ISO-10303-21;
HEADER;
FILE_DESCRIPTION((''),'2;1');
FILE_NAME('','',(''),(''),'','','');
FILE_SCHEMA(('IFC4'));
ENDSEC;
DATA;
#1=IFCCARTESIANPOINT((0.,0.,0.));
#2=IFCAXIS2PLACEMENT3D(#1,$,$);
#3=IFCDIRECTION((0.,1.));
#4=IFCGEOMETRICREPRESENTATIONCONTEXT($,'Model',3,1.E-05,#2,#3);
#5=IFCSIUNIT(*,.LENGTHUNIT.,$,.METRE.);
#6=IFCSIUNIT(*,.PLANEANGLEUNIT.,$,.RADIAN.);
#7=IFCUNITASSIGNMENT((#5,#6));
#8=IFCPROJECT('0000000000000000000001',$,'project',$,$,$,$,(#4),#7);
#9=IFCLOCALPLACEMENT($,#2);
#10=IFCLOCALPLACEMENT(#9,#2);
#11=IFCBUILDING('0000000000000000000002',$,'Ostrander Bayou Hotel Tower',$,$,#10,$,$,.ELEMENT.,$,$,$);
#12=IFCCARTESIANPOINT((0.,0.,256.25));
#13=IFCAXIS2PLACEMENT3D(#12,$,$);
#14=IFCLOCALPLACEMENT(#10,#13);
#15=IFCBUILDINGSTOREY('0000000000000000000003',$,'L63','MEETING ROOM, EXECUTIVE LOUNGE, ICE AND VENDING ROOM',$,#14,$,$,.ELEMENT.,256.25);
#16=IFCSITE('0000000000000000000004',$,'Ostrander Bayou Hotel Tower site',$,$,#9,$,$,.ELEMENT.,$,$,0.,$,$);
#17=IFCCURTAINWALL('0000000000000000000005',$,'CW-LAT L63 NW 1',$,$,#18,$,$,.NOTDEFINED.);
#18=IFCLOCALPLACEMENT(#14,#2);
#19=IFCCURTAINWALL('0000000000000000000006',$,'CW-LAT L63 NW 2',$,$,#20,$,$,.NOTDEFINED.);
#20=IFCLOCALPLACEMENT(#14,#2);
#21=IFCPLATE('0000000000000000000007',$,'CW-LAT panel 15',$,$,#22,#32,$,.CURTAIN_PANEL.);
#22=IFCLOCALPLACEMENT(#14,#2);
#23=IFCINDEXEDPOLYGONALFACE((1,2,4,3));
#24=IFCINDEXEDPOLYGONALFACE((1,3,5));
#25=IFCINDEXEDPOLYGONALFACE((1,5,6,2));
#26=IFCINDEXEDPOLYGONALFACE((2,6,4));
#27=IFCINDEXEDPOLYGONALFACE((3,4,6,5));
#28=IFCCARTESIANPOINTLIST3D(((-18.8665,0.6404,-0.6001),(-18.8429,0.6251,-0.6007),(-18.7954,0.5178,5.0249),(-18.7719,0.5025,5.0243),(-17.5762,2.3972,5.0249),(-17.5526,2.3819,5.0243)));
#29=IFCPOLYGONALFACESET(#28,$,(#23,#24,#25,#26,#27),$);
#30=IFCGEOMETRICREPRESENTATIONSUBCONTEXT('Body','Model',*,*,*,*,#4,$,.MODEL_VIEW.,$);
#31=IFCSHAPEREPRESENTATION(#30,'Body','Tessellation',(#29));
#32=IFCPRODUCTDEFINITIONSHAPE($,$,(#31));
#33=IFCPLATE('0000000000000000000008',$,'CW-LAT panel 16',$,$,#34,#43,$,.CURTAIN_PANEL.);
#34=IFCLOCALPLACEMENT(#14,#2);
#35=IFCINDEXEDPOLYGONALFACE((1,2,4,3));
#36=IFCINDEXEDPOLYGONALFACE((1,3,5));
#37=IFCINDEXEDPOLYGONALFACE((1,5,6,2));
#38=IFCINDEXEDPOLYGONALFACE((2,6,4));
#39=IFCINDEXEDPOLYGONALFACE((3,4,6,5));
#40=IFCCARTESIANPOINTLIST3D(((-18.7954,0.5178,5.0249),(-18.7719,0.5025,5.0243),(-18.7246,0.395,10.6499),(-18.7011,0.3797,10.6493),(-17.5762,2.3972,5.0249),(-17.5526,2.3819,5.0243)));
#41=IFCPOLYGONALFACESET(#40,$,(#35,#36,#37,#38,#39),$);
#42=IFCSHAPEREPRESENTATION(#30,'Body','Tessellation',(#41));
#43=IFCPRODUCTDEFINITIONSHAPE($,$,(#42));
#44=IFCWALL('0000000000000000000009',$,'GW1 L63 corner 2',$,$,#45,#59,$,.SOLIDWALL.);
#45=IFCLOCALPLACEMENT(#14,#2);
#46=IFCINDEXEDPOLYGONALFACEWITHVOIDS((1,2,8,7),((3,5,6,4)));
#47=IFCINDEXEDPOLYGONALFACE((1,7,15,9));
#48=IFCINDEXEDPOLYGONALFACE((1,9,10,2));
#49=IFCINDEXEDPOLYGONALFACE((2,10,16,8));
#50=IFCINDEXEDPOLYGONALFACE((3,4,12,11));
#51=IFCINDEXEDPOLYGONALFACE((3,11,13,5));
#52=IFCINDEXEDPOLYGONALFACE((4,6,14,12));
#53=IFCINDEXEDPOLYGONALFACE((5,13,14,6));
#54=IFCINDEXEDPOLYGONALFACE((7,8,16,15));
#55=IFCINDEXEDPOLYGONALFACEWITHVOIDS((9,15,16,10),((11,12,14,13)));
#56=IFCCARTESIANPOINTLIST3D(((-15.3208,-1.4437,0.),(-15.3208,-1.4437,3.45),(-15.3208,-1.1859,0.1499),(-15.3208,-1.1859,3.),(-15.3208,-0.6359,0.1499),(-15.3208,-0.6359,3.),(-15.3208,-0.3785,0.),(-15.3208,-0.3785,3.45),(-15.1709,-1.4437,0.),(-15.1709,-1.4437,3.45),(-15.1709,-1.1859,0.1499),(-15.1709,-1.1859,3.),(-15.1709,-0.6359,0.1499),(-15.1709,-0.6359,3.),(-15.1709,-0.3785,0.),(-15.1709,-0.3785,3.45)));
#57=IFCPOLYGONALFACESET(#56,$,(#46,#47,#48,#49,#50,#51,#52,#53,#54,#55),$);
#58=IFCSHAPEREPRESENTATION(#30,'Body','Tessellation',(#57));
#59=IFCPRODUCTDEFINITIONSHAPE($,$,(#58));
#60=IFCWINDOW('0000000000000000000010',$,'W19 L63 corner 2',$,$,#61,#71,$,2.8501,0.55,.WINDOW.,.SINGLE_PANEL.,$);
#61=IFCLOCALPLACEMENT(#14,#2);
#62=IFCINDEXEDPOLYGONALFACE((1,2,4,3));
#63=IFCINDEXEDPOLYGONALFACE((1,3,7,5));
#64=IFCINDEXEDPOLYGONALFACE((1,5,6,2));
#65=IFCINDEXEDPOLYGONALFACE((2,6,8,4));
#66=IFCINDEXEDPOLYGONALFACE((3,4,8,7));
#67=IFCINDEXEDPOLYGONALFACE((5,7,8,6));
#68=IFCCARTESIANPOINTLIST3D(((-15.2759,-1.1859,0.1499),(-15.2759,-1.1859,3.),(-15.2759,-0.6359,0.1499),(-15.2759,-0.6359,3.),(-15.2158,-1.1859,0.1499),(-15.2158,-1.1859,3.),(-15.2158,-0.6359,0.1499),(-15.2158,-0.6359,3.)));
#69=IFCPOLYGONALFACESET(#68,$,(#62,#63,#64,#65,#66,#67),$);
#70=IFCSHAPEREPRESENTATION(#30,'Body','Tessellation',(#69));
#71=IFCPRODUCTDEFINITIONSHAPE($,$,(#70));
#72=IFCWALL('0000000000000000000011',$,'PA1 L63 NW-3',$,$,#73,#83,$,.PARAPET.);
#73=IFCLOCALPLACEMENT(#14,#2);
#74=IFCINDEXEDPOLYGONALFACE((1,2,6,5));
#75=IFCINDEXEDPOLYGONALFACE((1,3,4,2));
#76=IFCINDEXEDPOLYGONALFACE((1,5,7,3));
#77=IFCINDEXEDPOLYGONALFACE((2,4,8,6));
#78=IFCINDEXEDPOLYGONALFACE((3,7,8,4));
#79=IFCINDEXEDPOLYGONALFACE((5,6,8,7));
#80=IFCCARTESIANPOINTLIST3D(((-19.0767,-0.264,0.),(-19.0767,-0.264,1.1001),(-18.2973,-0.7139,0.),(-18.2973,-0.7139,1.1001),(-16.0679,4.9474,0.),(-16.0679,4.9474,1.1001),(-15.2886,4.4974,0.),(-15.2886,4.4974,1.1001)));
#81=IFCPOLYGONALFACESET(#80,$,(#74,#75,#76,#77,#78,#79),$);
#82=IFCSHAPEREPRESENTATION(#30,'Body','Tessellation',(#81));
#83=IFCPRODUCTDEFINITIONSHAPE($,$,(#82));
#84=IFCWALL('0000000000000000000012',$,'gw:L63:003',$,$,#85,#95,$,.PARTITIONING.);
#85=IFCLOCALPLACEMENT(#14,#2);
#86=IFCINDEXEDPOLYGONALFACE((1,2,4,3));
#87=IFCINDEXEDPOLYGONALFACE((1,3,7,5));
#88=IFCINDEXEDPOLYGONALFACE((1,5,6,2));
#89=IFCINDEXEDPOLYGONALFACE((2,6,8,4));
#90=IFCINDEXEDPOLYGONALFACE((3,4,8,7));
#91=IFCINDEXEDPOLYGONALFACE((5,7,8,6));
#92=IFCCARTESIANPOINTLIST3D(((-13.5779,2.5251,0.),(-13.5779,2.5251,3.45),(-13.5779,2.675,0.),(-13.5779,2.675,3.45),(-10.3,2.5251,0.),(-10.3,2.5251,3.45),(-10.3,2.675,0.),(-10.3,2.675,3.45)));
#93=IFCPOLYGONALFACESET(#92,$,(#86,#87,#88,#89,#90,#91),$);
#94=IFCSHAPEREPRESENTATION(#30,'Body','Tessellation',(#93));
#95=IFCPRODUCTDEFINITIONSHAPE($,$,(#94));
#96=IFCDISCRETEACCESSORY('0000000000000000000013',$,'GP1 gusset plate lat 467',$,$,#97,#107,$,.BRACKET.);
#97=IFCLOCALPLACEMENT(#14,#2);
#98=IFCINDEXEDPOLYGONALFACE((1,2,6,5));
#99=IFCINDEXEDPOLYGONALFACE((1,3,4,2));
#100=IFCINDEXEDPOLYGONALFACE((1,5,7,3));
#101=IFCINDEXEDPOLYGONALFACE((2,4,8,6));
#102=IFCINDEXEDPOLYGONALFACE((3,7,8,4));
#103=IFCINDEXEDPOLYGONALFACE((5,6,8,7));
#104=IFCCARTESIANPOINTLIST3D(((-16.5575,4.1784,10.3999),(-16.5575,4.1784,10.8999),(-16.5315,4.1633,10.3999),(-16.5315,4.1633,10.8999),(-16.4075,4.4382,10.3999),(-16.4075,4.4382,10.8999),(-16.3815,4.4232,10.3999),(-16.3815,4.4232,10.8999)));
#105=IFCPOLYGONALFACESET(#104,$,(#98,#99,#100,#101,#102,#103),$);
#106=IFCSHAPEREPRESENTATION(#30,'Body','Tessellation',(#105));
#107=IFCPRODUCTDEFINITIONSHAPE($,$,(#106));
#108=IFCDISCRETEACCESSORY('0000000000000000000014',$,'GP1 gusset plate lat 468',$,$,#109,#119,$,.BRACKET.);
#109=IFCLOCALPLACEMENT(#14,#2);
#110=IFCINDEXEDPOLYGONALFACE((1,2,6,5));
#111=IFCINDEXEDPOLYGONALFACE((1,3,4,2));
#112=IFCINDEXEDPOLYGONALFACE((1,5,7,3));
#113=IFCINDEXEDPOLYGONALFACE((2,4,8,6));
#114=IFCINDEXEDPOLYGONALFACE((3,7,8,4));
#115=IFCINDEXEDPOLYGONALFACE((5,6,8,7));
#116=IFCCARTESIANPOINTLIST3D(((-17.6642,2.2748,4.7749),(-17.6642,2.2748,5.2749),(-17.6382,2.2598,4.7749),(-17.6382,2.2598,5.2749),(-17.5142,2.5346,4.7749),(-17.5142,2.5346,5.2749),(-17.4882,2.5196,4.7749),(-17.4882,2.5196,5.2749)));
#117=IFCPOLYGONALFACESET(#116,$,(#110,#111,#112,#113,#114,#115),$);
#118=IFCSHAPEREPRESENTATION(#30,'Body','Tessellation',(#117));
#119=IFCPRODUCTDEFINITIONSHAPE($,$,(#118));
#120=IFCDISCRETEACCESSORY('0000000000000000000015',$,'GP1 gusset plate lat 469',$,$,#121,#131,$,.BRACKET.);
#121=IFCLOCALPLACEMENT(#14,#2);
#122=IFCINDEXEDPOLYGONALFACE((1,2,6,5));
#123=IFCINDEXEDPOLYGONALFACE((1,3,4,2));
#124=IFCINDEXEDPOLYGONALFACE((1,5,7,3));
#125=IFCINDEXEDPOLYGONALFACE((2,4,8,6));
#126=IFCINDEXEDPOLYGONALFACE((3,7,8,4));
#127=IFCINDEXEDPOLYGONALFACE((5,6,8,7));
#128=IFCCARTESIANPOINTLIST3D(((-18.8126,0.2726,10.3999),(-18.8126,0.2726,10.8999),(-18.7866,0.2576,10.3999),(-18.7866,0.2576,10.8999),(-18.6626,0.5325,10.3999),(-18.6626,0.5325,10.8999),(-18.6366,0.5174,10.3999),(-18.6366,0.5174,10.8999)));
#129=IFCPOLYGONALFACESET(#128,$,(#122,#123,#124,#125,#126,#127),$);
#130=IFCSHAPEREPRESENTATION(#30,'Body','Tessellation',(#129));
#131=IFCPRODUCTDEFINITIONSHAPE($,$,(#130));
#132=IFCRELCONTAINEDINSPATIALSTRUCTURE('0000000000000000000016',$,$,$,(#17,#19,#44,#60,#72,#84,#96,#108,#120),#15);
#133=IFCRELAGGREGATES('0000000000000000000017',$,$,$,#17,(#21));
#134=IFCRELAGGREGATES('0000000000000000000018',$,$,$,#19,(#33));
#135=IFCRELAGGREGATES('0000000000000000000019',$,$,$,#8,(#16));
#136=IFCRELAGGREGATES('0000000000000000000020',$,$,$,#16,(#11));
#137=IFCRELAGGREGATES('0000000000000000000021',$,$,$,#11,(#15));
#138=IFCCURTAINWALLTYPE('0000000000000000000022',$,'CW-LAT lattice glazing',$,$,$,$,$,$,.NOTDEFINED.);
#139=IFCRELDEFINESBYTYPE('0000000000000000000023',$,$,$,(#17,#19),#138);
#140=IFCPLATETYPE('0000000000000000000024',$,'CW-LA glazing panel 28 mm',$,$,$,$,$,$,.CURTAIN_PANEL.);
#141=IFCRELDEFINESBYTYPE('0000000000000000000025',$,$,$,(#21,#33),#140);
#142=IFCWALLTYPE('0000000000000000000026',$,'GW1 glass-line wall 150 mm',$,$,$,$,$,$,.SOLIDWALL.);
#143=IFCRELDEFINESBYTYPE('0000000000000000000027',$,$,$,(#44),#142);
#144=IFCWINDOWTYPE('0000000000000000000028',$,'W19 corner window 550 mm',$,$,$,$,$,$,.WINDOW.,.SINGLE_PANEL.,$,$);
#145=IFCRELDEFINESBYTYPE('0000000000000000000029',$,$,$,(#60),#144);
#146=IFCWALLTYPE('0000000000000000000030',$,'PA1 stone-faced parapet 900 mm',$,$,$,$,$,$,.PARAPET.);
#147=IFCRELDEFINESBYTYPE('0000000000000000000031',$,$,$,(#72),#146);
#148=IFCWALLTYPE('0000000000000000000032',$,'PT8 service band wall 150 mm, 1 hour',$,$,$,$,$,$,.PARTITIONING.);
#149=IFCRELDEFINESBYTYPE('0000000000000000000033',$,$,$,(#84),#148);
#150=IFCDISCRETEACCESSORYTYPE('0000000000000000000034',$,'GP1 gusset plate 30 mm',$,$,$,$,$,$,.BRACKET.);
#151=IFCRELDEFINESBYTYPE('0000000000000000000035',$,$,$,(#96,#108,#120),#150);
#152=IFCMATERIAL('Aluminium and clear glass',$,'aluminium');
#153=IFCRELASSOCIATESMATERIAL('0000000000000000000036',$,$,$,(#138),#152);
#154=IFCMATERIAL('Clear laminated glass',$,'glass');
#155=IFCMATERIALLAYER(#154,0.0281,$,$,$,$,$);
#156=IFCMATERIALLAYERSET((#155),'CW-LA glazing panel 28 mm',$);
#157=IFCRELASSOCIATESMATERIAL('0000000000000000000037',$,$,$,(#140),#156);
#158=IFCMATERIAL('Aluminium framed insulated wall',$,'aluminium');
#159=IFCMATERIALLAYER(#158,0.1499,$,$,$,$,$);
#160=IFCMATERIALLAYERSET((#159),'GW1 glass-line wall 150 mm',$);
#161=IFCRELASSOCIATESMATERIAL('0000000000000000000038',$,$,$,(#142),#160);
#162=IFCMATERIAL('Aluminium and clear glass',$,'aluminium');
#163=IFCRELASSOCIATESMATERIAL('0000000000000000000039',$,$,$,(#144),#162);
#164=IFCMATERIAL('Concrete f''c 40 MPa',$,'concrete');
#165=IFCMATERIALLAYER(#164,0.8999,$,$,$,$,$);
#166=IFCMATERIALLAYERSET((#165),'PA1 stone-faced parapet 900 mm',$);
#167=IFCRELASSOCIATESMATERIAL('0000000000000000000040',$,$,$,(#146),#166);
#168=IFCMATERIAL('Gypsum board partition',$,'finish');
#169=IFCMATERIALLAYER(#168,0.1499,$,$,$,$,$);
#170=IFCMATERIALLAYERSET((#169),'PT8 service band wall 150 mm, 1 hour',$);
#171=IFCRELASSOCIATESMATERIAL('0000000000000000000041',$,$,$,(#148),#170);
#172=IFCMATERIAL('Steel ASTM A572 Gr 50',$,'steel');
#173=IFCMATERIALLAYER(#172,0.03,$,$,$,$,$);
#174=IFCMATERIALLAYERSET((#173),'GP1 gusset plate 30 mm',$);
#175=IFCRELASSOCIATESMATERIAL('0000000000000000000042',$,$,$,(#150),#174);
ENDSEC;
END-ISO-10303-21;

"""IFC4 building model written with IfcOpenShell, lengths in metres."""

from ifc_helpers import new_model, si_unit, direction, frame, frame_2d, origin, origin_2d, place, context, subcontext, project, spatial, polyline, rectangle, outline, extrude, material, layer, layer_set, type_object, element, fill, aggregate, save


model = new_model("IFC4")

# Units and contexts
model_context = context("Model", 3, precision=1e-05, world=origin(), true_north=direction((0.0, 1.0)))
body_context = subcontext(model_context, "Body", "Model", "MODEL_VIEW")
ifc_project = project(units=[si_unit("LENGTHUNIT", "METRE"), si_unit("PLANEANGLEUNIT", "RADIAN")], contexts=[model_context])

# Site, building, storey
site_placement = place(None, origin())
site = spatial("IfcSite", under=ifc_project, at=site_placement, Name="Ostrander Bayou Hotel Tower site", CompositionType="ELEMENT", RefElevation=0.0)
building_placement = place(site_placement, origin())
building = spatial("IfcBuilding", under=site, at=building_placement, Name="Ostrander Bayou Hotel Tower", CompositionType="ELEMENT")
storey_placement = place(building_placement, frame((0.0, 0.0, 256.25)))
storey = spatial("IfcBuildingStorey", under=building, at=storey_placement, Name="L63", Description="MEETING ROOM, EXECUTIVE LOUNGE, ICE AND VENDING ROOM", CompositionType="ELEMENT", Elevation=256.25)

# Curtain walls
ifc_material_1 = material(Name="Aluminium and clear glass", Category="aluminium")
curtain_wall_type = type_object("IfcCurtainWallType", Name="CW-LAT lattice glazing", PredefinedType="NOTDEFINED", material=ifc_material_1)
curtain_wall_1_placement = place(storey_placement, origin())
curtain_wall_1 = element("IfcCurtainWall", 1, at=curtain_wall_1_placement, inside=storey, type_object=curtain_wall_type, Name="CW-LAT L63 NW 1", PredefinedType="NOTDEFINED")
curtain_wall_2_placement = place(storey_placement, origin())
curtain_wall_2 = element("IfcCurtainWall", 2, at=curtain_wall_2_placement, inside=storey, type_object=curtain_wall_type, Name="CW-LAT L63 NW 2", PredefinedType="NOTDEFINED")

# Shared definitions
ifc_material_2 = material(Name="Clear laminated glass", Category="glass")
ifc_layer_1 = layer(ifc_material_2, 0.0281)
ifc_layer_set_1 = layer_set([ifc_layer_1], Name="CW-LA glazing panel 28 mm")
plate_type = type_object("IfcPlateType", Name="CW-LA glazing panel 28 mm", PredefinedType="CURTAIN_PANEL", material=ifc_layer_set_1)

# Plates
plate_1_placement = place(storey_placement, frame((-17.5762, 2.3972, 5.0249), z_axis=(-0.838715, 0.544108, 0.022448), x_axis=(-0.213886, -0.291225, -0.932438)))
plate_1 = element("IfcPlate", 3, at=plate_1_placement, type_object=plate_type, Name="CW-LAT panel 15", PredefinedType="CURTAIN_PANEL", context=body_context, shape_type="SweptSolid", body=[
    extrude(outline(polyline([(0.0, 0.0), (6.0326, 0.0), (0.8081, 2.0894), (0.0, 0.0)])), origin(), (0.0, 0.0, -1.0), 0.0281),
])
aggregate(curtain_wall_1, [plate_1])
plate_2_placement = place(storey_placement, frame((-17.5762, 2.3972, 5.0249), z_axis=(-0.838715, 0.544108, 0.022435), x_axis=(-0.188883, -0.3293, 0.92514)))
plate_2 = element("IfcPlate", 4, at=plate_2_placement, type_object=plate_type, Name="CW-LAT panel 16", PredefinedType="CURTAIN_PANEL", context=body_context, shape_type="SweptSolid", body=[
    extrude(outline(polyline([(0.0, 0.0), (6.0802, 0.0), (0.8492, -2.0731), (0.0, 0.0)])), origin(), (0.0, 0.0, -1.0), 0.0281),
])
aggregate(curtain_wall_2, [plate_2])

# Wall, opening, window
ifc_material_3 = material(Name="Aluminium framed insulated wall", Category="aluminium")
ifc_layer_2 = layer(ifc_material_3, 0.1499)
ifc_layer_set_2 = layer_set([ifc_layer_2], Name="GW1 glass-line wall 150 mm")
wall_type_1 = type_object("IfcWallType", Name="GW1 glass-line wall 150 mm", PredefinedType="SOLIDWALL", material=ifc_layer_set_2)
wall_1_placement = place(storey_placement, frame((-15.2458, -0.3784, 0.0), z_axis=(0.0, 0.0, 1.0), x_axis=(0.0, -1.0, 0.0)))
wall_1 = element("IfcWall", 5, at=wall_1_placement, inside=storey, type_object=wall_type_1, Name="GW1 L63 corner 2", PredefinedType="SOLIDWALL", context=body_context, shape_type="SweptSolid", body=[
    extrude(rectangle(XDim=1.0652, YDim=0.1499, at=frame_2d((0.5327, 0.0))), origin(), (0.0, 0.0, 1.0), 3.45),
])
opening_placement = place(wall_1_placement, frame((0.2576, 0.0, 0.1499)))
opening = element("IfcOpeningElement", 6, at=opening_placement, cuts=wall_1, PredefinedType="OPENING", context=body_context, shape_type="SweptSolid", body=[
    extrude(rectangle(XDim=0.55, YDim=2.8501, at=frame_2d((0.2749, 1.425))), frame((0.0, 0.075, 0.0), z_axis=(0.0, -1.0, 0.0), x_axis=(1.0, 0.0, 0.0)), (0.0, 0.0, 1.0), 0.1499),
])
ifc_material_4 = material(Name="Aluminium and clear glass", Category="aluminium")
window_type = type_object("IfcWindowType", Name="W19 corner window 550 mm", PartitioningType="SINGLE_PANEL", PredefinedType="WINDOW", material=ifc_material_4)
window_placement = place(opening_placement, origin())
window = element("IfcWindow", 7, at=window_placement, inside=storey, type_object=window_type, Name="W19 L63 corner 2", OverallHeight=2.8501, OverallWidth=0.55, PartitioningType="SINGLE_PANEL", PredefinedType="WINDOW", context=body_context, shape_type="SweptSolid", body=[
    extrude(rectangle(XDim=0.55, YDim=2.8501, at=frame_2d((0.2749, 1.425))), frame((0.0, 0.03, 0.0), z_axis=(0.0, -1.0, 0.0), x_axis=(1.0, 0.0, 0.0)), (0.0, 0.0, 1.0), 0.0601),
])
fill(opening, window)

# Walls
ifc_material_5 = material(Name="Concrete f'c 40 MPa", Category="concrete")
ifc_layer_3 = layer(ifc_material_5, 0.8999)
ifc_layer_set_3 = layer_set([ifc_layer_3], Name="PA1 stone-faced parapet 900 mm")
wall_type_2 = type_object("IfcWallType", Name="PA1 stone-faced parapet 900 mm", PredefinedType="PARAPET", material=ifc_layer_set_3)
wall_2_placement = place(storey_placement, frame((-15.6782, 4.7224, 0.0), z_axis=(0.0, 0.0, 1.0), x_axis=(-0.499996, -0.866027, 0.0)))
element("IfcWall", 8, at=wall_2_placement, inside=storey, type_object=wall_type_2, Name="PA1 L63 NW-3", PredefinedType="PARAPET", context=body_context, shape_type="SweptSolid", body=[
    extrude(rectangle(XDim=6.0176, YDim=0.8999, at=frame_2d((3.0088, 0.0))), origin(), (0.0, 0.0, 1.0), 1.1001),
])
ifc_material_6 = material(Name="Gypsum board partition", Category="finish")
ifc_layer_4 = layer(ifc_material_6, 0.1499)
ifc_layer_set_4 = layer_set([ifc_layer_4], Name="PT8 service band wall 150 mm, 1 hour")
wall_type_3 = type_object("IfcWallType", Name="PT8 service band wall 150 mm, 1 hour", PredefinedType="PARTITIONING", material=ifc_layer_set_4)
wall_3_placement = place(storey_placement, frame((-13.5779, 2.6001, 0.0), z_axis=(0.0, 0.0, 1.0), x_axis=(1.0, 0.0, 0.0)))
element("IfcWall", 9, at=wall_3_placement, inside=storey, type_object=wall_type_3, Name="gw:L63:003", PredefinedType="PARTITIONING", context=body_context, shape_type="SweptSolid", body=[
    extrude(rectangle(XDim=3.2778, YDim=0.1499, at=frame_2d((1.6389, 0.0))), origin(), (0.0, 0.0, 1.0), 3.45),
])

# Discrete accessories
ifc_material_7 = material(Name="Steel ASTM A572 Gr 50", Category="steel")
ifc_layer_5 = layer(ifc_material_7, 0.03)
ifc_layer_set_5 = layer_set([ifc_layer_5], Name="GP1 gusset plate 30 mm")
discrete_accessory_type = type_object("IfcDiscreteAccessoryType", Name="GP1 gusset plate 30 mm", PredefinedType="BRACKET", material=ifc_layer_set_5)
for number, where, z_axis, x_axis, name in (
    (10, (-16.4695, 4.3008, 10.3999), (0.0, 0.0, 1.0), (-0.5, -0.866025, 0.0), "GP1 gusset plate lat 467"),
    (11, (-17.5762, 2.3972, 4.7749), (0.0, 0.0, 1.0), (-0.5, -0.866025, 0.0), "GP1 gusset plate lat 468"),
    (12, (-18.7246, 0.395, 10.3999), (0.0, 0.0, 1.0), (-0.5, -0.866025, 0.0), "GP1 gusset plate lat 469"),
):
    element("IfcDiscreteAccessory", number, at=place(storey_placement, frame(where, z_axis=z_axis, x_axis=x_axis)), inside=storey, type_object=discrete_accessory_type, Name=name, PredefinedType="BRACKET", context=body_context, shape_type="SweptSolid", body=[
        extrude(rectangle(XDim=0.3, YDim=0.03, at=origin_2d()), origin(), (0.0, 0.0, 1.0), 0.5),
    ])

save(model, "model.ifc")
